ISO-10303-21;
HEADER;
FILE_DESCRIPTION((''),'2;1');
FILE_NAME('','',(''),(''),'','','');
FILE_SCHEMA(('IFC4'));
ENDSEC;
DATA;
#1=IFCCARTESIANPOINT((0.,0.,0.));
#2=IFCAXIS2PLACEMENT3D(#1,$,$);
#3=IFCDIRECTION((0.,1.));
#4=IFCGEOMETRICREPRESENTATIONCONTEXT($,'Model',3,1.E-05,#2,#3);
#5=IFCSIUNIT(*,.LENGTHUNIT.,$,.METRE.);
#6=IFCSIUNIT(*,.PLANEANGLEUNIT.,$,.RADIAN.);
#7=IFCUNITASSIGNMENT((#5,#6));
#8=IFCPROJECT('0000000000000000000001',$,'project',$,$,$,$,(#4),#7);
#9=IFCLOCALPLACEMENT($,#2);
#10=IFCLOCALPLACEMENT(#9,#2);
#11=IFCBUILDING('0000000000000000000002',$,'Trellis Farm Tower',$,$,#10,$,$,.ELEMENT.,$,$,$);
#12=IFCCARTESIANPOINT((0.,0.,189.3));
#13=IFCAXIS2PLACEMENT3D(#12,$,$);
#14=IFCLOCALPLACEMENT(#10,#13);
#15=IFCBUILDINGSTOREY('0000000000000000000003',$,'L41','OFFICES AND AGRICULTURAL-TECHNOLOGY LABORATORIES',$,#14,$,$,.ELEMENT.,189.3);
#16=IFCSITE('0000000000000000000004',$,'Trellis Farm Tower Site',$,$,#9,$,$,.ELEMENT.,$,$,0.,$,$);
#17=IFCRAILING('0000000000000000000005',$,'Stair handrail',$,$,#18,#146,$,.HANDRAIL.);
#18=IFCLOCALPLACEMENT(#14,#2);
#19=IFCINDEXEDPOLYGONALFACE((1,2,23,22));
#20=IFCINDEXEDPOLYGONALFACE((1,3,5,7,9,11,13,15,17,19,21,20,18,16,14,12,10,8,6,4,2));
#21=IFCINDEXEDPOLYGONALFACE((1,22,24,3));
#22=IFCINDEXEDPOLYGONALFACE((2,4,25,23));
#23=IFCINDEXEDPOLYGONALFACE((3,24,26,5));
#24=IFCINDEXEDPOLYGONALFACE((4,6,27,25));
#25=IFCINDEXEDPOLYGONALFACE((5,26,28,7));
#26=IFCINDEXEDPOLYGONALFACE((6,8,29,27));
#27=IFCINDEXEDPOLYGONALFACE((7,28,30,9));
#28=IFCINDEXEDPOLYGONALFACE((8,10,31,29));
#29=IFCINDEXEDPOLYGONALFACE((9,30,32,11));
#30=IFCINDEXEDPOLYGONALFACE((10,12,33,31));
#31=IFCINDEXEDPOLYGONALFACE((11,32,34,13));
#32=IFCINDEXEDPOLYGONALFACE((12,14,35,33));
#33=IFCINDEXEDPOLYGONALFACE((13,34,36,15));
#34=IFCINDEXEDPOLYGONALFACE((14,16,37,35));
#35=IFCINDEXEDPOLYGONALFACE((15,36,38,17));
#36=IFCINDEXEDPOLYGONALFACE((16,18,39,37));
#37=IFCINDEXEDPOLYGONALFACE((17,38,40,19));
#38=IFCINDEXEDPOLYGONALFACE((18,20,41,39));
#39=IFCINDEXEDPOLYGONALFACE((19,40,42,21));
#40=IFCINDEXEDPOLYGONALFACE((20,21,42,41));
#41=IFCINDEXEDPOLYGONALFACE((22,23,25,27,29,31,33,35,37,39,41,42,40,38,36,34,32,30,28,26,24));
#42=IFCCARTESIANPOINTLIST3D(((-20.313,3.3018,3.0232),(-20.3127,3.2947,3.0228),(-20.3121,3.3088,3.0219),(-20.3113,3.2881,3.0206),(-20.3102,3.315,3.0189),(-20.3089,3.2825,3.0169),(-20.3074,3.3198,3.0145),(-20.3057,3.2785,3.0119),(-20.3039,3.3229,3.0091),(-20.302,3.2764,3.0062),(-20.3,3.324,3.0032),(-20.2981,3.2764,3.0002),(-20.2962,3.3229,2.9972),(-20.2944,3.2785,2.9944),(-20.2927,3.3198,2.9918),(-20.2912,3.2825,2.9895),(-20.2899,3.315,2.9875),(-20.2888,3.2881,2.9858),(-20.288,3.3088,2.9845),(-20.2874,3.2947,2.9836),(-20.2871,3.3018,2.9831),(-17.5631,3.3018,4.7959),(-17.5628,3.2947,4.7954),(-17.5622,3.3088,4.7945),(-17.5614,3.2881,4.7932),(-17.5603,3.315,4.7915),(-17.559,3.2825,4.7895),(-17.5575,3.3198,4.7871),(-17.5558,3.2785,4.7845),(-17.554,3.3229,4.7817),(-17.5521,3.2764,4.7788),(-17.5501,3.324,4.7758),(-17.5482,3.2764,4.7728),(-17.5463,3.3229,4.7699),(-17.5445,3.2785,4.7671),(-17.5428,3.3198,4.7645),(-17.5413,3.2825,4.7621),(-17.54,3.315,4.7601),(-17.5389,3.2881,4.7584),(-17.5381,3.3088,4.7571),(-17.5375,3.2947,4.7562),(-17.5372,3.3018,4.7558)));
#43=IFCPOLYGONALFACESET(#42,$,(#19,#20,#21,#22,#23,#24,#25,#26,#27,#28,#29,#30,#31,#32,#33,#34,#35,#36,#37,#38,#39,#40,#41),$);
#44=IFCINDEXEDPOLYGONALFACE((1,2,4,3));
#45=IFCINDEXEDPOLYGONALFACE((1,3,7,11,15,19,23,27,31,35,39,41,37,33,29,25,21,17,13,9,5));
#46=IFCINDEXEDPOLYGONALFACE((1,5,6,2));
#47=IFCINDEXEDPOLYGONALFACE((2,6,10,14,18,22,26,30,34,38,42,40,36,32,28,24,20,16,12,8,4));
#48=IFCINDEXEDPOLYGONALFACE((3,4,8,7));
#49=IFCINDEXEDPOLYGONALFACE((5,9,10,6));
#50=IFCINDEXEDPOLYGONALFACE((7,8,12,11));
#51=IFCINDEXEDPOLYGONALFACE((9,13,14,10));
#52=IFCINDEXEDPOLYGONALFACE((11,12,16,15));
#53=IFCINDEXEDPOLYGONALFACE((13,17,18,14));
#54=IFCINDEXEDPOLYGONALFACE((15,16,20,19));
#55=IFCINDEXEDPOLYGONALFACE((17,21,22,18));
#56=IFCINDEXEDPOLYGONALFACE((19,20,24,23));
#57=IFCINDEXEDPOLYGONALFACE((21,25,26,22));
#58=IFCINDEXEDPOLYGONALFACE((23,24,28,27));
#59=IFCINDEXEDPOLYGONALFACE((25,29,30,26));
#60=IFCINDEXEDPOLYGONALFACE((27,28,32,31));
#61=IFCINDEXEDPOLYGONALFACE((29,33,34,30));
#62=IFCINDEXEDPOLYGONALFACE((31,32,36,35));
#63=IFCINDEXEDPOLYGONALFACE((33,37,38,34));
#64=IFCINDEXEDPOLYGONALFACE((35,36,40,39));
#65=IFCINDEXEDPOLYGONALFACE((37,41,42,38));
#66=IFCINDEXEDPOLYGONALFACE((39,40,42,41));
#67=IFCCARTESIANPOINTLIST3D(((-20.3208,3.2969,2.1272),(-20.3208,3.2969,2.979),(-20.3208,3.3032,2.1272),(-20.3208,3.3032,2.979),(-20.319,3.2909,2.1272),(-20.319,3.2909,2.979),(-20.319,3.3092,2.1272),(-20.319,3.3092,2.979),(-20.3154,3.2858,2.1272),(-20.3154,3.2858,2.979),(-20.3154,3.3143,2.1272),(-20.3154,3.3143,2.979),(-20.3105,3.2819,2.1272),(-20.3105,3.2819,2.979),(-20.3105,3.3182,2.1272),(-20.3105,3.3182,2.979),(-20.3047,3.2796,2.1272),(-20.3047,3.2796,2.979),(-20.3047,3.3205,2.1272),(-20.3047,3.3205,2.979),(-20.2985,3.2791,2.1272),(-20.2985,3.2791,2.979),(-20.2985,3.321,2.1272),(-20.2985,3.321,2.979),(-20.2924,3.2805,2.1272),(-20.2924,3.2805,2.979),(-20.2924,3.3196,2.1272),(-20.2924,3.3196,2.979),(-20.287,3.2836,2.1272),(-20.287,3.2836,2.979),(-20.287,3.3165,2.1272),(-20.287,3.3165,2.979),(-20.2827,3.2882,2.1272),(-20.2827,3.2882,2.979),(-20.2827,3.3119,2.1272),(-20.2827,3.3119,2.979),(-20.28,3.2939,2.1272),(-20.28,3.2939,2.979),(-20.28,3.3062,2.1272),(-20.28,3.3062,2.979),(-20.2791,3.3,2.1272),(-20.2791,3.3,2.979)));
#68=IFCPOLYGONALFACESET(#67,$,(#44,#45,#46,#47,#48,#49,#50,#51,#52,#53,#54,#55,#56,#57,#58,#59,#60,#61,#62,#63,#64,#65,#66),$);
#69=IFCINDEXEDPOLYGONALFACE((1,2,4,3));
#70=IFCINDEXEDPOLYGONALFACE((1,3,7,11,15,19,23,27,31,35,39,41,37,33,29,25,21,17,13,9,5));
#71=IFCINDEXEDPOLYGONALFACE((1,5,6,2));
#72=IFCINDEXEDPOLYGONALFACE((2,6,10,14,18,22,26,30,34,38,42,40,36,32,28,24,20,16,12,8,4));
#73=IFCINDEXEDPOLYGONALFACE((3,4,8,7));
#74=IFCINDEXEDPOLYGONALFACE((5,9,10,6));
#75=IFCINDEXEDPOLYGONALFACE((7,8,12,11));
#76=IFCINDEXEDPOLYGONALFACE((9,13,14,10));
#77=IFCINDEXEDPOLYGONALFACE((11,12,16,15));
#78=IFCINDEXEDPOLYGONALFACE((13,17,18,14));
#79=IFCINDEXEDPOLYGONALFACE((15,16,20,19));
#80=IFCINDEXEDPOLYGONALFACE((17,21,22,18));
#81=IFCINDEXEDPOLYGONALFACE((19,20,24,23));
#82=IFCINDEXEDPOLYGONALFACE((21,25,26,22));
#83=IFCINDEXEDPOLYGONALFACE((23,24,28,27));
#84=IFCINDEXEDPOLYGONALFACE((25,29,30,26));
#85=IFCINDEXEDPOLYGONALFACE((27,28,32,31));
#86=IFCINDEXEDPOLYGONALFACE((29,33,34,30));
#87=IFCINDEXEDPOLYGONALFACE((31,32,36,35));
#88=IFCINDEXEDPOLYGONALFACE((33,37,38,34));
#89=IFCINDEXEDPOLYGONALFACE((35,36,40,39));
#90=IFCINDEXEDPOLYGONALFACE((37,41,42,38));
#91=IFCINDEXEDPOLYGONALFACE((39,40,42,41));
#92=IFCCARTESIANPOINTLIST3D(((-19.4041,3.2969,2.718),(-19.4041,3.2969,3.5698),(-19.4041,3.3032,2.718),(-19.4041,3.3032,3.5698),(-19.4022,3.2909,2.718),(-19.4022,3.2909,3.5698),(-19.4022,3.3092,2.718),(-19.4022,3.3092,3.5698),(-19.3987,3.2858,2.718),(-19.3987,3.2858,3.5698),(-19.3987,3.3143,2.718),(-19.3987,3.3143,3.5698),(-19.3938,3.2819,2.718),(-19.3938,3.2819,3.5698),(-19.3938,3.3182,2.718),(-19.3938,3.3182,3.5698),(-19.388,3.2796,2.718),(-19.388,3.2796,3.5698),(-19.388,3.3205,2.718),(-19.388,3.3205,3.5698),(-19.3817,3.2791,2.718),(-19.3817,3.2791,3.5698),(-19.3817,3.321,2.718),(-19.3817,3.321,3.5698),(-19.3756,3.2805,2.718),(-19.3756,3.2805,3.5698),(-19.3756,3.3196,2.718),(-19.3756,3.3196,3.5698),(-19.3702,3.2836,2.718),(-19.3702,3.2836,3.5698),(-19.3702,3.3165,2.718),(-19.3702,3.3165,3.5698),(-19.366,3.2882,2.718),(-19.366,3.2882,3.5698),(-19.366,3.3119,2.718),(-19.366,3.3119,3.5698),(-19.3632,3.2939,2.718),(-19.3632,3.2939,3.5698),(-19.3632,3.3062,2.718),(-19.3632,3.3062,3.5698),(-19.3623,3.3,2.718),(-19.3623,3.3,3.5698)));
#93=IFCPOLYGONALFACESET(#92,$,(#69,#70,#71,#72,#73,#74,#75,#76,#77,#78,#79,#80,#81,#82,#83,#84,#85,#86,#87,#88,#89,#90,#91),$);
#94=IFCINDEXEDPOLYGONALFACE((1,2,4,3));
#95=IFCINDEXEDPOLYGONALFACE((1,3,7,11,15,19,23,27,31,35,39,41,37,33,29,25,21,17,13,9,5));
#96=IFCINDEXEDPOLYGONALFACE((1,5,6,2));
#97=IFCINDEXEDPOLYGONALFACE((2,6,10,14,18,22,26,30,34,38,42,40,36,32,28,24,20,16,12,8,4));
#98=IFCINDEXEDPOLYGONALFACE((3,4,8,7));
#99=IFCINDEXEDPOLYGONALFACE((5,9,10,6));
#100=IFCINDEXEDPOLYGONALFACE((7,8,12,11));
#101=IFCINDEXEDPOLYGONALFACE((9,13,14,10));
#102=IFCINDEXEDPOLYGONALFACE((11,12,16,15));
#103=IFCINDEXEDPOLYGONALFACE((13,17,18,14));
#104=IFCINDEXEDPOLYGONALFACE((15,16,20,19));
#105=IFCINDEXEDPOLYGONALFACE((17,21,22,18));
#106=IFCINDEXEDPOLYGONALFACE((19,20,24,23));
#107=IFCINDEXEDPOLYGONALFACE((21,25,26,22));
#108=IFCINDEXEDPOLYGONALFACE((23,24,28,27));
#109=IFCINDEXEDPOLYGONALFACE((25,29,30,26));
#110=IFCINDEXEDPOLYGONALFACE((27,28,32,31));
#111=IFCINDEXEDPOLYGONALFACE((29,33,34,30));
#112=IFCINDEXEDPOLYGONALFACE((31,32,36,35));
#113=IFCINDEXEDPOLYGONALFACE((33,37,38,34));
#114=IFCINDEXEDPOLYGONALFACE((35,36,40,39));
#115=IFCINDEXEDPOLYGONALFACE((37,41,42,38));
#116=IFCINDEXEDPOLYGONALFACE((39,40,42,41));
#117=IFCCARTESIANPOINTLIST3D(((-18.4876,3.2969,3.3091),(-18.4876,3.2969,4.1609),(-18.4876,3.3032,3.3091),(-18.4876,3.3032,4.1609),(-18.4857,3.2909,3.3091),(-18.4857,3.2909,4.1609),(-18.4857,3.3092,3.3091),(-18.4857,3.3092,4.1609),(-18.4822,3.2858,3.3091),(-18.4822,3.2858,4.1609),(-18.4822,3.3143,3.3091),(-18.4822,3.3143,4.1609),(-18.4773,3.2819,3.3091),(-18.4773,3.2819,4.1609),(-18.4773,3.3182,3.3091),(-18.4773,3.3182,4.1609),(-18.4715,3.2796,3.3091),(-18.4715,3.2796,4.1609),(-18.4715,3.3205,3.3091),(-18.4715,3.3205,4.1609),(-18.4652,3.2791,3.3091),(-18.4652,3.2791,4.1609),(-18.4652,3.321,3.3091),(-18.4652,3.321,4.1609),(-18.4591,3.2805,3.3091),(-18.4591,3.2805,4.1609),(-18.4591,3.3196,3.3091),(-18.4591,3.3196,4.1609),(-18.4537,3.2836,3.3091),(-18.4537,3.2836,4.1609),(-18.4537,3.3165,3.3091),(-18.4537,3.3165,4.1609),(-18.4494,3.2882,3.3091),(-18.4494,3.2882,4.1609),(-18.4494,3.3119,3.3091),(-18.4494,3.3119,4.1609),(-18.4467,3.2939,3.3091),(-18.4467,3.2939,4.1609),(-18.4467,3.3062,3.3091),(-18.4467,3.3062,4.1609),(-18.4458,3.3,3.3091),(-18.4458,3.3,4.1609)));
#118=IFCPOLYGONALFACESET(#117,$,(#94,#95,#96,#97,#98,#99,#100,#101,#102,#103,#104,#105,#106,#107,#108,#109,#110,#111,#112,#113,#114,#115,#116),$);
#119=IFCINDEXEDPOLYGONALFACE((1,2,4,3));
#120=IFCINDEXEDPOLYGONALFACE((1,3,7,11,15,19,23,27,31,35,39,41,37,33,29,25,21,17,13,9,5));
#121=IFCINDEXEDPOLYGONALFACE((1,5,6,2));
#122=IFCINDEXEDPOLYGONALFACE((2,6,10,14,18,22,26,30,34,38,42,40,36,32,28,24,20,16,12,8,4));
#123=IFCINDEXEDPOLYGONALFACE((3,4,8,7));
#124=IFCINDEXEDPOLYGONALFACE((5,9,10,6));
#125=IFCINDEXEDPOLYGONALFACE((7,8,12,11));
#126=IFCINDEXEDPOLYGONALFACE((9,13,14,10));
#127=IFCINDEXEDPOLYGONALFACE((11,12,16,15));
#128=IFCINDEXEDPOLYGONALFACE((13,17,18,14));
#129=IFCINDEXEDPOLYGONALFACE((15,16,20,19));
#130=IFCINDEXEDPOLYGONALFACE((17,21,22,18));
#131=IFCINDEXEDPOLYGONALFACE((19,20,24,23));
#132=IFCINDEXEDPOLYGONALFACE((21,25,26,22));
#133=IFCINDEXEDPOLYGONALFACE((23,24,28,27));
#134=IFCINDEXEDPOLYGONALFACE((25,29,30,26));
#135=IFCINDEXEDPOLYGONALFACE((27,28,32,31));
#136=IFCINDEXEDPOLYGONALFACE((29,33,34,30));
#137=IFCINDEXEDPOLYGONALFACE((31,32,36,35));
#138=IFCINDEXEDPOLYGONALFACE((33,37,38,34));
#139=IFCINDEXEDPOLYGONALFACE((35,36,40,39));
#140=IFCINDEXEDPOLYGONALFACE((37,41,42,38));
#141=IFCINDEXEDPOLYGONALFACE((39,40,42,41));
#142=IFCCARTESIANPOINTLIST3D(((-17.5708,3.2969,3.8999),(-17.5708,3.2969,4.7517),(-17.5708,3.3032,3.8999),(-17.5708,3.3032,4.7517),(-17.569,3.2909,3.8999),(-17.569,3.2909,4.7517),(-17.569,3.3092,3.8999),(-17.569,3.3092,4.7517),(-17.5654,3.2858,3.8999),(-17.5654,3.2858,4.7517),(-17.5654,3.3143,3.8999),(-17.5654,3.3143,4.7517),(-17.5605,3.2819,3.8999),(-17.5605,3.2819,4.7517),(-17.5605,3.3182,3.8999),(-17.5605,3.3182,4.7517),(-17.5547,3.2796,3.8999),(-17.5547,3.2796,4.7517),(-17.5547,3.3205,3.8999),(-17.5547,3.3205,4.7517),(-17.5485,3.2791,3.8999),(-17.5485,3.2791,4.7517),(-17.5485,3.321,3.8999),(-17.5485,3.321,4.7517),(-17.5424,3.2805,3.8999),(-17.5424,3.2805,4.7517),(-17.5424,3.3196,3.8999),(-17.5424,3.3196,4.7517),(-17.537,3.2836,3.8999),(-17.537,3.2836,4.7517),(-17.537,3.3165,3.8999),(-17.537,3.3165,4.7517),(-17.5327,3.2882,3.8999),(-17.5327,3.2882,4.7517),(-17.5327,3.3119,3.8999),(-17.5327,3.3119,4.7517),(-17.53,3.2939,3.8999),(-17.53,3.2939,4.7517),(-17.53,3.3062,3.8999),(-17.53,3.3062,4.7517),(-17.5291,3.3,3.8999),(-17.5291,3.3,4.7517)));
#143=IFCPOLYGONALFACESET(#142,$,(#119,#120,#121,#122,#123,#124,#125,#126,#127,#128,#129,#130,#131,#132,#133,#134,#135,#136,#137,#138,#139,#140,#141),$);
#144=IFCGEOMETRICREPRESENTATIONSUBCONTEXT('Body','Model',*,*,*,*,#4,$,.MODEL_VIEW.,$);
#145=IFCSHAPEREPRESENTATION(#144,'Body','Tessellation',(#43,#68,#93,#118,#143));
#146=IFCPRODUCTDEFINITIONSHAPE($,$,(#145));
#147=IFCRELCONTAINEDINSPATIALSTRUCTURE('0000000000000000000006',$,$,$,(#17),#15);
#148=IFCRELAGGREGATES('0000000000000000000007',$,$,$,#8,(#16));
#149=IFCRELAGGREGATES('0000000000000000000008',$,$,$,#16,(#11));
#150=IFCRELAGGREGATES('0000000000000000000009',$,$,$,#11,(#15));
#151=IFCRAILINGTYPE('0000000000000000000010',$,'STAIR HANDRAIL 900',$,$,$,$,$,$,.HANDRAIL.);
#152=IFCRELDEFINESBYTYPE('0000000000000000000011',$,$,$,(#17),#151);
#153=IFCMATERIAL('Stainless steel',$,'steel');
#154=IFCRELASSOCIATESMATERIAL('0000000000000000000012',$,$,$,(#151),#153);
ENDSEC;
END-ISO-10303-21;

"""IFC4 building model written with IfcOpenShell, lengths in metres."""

from ifc_helpers import new_model, si_unit, direction, frame, origin, origin_2d, place, context, subcontext, project, spatial, circle, extrude, source, transform, mapped, material, type_object, element, save


model = new_model("IFC4")

# Units and contexts
model_context = context("Model", 3, precision=1e-05, world=origin(), true_north=direction((0.0, 1.0)))
body_context = subcontext(model_context, "Body", "Model", "MODEL_VIEW")
ifc_project = project(units=[si_unit("LENGTHUNIT", "METRE"), si_unit("PLANEANGLEUNIT", "RADIAN")], contexts=[model_context])

# Site, building, storey
site_placement = place(None, origin())
site = spatial("IfcSite", under=ifc_project, at=site_placement, Name="Trellis Farm Tower Site", CompositionType="ELEMENT", RefElevation=0.0)
building_placement = place(site_placement, origin())
building = spatial("IfcBuilding", under=site, at=building_placement, Name="Trellis Farm Tower", CompositionType="ELEMENT")
storey_placement = place(building_placement, frame((0.0, 0.0, 189.3)))
storey = spatial("IfcBuildingStorey", under=building, at=storey_placement, Name="L41", Description="OFFICES AND AGRICULTURAL-TECHNOLOGY LABORATORIES", CompositionType="ELEMENT", Elevation=189.3)

# Railing
ifc_material_1 = material(Name="Stainless steel", Category="steel")
railing_type = type_object("IfcRailingType", Name="STAIR HANDRAIL 900", PredefinedType="HANDRAIL", material=ifc_material_1)
shared_shape_1 = source(origin(), body_context, "Body", "SweptSolid", [
    extrude(circle(Radius=0.0239, at=origin_2d()), frame((0.0, 0.0, 0.876), z_axis=(0.840504, 0.0, 0.541806), x_axis=(0.0, 1.0, 0.0)), (0.0, 0.0, 1.0), 3.2717),
    extrude(circle(Radius=0.021, at=origin_2d()), origin(), (0.0, 0.0, 1.0), 0.8518),
    extrude(circle(Radius=0.021, at=origin_2d()), frame((0.9167, 0.0, 0.5908)), (0.0, 0.0, 1.0), 0.8518),
    extrude(circle(Radius=0.021, at=origin_2d()), frame((1.8333, 0.0, 1.1819)), (0.0, 0.0, 1.0), 0.8518),
    extrude(circle(Radius=0.021, at=origin_2d()), frame((2.75, 0.0, 1.7727)), (0.0, 0.0, 1.0), 0.8518),
])
for number, where, name in (
    (1, (-20.3, 3.3, 2.1272), "Stair handrail"),
):
    element("IfcRailing", number, at=place(storey_placement, frame(where)), inside=storey, type_object=railing_type, Name=name, PredefinedType="HANDRAIL", context=body_context, shape_type="MappedRepresentation", body=[
        mapped(shared_shape_1, transform((0.0, 0.0, 0.0))),
    ])

save(model, "model.ifc")
